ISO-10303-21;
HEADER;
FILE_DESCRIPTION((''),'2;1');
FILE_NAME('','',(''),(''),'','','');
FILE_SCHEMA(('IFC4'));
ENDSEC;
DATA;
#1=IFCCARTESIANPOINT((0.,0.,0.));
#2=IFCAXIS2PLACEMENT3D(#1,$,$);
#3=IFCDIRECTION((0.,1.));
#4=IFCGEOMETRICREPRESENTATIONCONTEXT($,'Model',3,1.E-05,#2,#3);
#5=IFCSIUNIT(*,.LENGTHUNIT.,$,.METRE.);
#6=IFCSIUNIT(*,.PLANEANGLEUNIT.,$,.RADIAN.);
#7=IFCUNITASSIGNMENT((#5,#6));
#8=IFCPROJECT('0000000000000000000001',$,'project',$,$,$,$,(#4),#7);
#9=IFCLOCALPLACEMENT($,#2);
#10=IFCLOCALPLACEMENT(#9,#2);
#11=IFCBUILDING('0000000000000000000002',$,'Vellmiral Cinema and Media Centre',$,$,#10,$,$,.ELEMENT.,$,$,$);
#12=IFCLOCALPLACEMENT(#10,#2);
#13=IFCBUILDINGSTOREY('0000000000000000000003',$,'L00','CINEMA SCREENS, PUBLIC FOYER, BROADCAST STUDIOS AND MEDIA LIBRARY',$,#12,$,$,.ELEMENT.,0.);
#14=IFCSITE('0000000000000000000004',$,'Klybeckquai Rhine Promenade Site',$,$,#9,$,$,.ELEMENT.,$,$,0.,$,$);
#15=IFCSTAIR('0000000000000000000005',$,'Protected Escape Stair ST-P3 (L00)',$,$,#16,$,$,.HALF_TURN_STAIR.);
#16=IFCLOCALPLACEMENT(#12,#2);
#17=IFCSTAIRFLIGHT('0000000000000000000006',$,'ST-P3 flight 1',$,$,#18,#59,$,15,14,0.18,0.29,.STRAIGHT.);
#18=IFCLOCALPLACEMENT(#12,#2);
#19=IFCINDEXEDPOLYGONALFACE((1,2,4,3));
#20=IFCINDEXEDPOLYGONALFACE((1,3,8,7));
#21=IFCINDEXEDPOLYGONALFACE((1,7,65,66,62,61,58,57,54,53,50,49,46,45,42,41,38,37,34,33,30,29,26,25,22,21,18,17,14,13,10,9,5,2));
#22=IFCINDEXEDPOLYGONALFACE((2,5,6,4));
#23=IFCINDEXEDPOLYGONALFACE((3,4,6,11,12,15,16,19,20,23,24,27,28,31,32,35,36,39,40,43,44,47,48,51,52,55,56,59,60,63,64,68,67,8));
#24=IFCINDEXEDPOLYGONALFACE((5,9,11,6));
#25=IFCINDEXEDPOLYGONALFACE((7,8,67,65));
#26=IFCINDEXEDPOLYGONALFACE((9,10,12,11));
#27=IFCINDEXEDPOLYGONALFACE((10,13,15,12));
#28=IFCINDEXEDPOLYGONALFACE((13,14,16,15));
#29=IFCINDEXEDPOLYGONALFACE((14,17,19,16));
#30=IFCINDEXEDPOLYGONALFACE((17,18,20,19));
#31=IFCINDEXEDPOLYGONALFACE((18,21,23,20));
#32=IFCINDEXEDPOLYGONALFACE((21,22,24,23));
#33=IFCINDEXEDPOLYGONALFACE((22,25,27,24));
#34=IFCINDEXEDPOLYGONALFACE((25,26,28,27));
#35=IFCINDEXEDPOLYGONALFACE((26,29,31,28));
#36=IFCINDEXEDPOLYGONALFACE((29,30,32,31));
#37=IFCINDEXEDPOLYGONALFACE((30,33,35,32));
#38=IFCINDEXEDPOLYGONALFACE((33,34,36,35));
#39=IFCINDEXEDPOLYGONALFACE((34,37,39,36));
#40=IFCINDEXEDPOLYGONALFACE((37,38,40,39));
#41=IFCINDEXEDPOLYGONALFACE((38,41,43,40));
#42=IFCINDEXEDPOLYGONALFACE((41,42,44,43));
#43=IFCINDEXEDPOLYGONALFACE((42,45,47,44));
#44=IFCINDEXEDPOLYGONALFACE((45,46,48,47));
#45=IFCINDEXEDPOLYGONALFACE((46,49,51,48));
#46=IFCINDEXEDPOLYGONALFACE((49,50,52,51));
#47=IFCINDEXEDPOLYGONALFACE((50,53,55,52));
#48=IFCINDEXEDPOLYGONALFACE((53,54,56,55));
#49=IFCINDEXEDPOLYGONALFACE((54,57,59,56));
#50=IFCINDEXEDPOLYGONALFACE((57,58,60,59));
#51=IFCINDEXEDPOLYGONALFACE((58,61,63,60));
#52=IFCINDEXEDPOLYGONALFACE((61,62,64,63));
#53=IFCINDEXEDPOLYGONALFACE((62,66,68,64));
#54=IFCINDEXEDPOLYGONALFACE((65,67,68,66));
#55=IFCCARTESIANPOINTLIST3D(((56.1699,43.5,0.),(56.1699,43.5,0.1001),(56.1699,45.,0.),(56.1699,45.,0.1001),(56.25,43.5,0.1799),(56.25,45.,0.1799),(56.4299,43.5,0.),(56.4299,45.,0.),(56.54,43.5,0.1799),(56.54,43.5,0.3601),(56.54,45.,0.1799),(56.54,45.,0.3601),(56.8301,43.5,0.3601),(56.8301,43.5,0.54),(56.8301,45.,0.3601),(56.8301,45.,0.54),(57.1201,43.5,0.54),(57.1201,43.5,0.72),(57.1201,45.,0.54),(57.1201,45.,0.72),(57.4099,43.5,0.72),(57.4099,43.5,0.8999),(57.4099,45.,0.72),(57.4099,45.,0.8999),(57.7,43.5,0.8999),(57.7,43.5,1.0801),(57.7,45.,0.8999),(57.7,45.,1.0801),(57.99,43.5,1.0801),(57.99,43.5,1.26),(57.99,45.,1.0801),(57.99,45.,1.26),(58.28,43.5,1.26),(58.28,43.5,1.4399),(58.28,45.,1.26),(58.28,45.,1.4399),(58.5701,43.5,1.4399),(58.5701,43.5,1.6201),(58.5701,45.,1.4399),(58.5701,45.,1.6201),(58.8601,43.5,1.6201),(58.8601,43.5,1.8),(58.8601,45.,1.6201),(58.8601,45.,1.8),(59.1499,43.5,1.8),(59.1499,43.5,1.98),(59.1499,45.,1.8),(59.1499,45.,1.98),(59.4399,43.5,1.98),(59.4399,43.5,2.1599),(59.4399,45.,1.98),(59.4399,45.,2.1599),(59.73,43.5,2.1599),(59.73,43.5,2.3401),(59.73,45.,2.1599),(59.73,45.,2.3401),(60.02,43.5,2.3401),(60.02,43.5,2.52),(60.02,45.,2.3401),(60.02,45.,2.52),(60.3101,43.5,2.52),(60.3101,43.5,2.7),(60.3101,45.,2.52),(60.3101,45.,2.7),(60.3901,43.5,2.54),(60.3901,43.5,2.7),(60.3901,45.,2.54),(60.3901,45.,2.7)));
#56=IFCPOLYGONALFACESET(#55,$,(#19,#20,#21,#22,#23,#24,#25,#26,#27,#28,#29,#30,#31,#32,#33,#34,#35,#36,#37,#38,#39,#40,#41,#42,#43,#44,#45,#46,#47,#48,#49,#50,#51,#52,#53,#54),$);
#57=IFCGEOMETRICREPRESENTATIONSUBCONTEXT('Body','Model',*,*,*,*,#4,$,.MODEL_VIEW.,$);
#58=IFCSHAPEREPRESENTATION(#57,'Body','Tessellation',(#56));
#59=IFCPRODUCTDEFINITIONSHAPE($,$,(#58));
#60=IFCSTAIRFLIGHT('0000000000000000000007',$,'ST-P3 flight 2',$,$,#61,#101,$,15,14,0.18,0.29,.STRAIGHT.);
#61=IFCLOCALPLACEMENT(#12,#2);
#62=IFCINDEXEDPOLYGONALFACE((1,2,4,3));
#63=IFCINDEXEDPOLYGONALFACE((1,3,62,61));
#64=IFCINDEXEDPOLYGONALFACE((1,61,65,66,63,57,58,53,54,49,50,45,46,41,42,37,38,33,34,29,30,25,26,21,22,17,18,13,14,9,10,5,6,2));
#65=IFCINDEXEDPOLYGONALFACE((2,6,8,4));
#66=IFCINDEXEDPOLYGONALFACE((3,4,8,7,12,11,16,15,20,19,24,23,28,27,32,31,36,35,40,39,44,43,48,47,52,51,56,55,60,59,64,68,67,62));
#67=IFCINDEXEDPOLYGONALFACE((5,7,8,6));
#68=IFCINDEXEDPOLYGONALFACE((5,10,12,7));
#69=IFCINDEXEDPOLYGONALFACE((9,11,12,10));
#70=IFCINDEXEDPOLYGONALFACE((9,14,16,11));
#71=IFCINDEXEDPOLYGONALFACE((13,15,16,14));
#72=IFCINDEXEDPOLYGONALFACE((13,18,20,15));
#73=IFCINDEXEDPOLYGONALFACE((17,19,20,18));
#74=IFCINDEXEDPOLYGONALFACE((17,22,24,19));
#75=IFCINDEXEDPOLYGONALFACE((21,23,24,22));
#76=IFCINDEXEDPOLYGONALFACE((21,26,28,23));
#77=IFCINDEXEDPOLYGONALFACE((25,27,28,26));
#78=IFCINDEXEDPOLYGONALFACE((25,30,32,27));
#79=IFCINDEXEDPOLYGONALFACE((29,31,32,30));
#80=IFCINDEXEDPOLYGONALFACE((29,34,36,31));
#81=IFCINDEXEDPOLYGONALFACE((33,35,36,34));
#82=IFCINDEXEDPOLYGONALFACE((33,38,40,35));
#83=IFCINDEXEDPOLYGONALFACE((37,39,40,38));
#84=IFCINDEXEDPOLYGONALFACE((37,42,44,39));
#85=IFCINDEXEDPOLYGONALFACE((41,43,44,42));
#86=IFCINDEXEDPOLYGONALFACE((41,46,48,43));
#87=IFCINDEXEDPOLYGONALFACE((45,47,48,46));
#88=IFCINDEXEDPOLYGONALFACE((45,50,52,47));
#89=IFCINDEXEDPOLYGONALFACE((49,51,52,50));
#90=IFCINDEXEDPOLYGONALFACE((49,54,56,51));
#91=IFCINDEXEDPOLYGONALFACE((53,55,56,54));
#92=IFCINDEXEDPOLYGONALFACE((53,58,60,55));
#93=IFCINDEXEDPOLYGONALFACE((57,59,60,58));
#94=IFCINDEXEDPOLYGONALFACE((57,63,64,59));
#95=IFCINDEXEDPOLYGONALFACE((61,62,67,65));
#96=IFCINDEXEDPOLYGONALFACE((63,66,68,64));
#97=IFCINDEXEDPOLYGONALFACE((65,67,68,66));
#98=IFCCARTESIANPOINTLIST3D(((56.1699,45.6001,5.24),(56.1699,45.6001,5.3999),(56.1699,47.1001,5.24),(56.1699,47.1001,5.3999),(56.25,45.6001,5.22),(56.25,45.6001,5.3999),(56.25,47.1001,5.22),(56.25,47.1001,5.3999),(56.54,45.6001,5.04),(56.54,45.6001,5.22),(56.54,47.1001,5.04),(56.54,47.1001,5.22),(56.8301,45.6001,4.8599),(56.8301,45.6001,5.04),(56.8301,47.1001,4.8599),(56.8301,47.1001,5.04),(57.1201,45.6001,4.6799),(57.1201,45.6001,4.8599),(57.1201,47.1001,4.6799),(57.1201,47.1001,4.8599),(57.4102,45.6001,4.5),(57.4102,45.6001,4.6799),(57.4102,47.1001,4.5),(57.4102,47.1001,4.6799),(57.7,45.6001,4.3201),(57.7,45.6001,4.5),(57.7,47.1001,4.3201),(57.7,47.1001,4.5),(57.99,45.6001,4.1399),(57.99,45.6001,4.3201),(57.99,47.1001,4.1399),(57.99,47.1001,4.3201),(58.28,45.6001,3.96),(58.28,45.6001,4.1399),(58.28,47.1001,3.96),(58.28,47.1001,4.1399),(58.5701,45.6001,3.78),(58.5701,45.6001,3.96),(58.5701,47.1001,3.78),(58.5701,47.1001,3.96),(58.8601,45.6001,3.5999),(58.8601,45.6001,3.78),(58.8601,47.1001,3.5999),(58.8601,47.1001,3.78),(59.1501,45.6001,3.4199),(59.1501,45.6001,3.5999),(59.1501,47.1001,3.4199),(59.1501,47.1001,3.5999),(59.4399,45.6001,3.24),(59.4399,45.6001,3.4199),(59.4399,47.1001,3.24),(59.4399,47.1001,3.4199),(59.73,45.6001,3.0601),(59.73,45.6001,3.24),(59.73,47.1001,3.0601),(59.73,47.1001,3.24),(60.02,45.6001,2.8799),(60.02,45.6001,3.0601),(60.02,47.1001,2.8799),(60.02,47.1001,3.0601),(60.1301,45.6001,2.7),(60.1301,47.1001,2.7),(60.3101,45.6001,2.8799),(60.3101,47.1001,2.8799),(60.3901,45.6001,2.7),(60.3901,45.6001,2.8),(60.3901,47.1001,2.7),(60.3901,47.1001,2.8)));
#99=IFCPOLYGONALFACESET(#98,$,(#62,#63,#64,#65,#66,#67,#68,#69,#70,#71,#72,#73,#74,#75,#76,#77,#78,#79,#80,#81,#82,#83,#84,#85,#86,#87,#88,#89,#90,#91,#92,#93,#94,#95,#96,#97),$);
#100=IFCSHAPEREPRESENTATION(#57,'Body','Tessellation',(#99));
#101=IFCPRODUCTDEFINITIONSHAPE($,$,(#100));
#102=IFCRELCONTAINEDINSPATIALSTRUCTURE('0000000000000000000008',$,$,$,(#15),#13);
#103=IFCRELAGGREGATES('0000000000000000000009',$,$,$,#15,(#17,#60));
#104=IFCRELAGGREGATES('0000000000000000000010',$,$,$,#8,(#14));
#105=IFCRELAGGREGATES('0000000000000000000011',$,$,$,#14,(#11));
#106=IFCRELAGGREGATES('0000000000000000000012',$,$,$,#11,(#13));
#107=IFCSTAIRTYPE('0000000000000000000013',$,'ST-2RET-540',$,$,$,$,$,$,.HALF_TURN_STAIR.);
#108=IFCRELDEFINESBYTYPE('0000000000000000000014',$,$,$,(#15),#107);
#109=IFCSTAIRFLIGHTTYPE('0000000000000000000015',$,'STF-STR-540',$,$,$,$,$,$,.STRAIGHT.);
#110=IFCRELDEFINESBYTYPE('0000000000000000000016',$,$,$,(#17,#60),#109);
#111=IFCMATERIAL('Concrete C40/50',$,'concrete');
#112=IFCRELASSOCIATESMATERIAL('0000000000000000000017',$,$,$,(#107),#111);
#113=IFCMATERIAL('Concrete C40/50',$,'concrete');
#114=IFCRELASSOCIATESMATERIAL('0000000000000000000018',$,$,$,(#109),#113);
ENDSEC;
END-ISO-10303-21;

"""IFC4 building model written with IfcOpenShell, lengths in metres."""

from ifc_helpers import new_model, si_unit, direction, frame, origin, place, context, subcontext, project, spatial, polyline, outline, extrude, material, type_object, element, aggregate, save


model = new_model("IFC4")

# Units and contexts
model_context = context("Model", 3, precision=1e-05, world=origin(), true_north=direction((0.0, 1.0)))
body_context = subcontext(model_context, "Body", "Model", "MODEL_VIEW")
ifc_project = project(units=[si_unit("LENGTHUNIT", "METRE"), si_unit("PLANEANGLEUNIT", "RADIAN")], contexts=[model_context])

# Site, building, storey
site_placement = place(None, origin())
site = spatial("IfcSite", under=ifc_project, at=site_placement, Name="Klybeckquai Rhine Promenade Site", CompositionType="ELEMENT", RefElevation=0.0)
building_placement = place(site_placement, origin())
building = spatial("IfcBuilding", under=site, at=building_placement, Name="Vellmiral Cinema and Media Centre", CompositionType="ELEMENT")
storey_placement = place(building_placement, origin())
storey = spatial("IfcBuildingStorey", under=building, at=storey_placement, Name="L00", Description="CINEMA SCREENS, PUBLIC FOYER, BROADCAST STUDIOS AND MEDIA LIBRARY", CompositionType="ELEMENT", Elevation=0.0)

# Stair, stair flights
ifc_material_1 = material(Name="Concrete C40/50", Category="concrete")
stair_type = type_object("IfcStairType", Name="ST-2RET-540", PredefinedType="HALF_TURN_STAIR", material=ifc_material_1)
stair_placement = place(storey_placement, origin())
stair = element("IfcStair", 1, at=stair_placement, inside=storey, type_object=stair_type, Name="Protected Escape Stair ST-P3 (L00)", PredefinedType="HALF_TURN_STAIR")
ifc_material_2 = material(Name="Concrete C40/50", Category="concrete")
stair_flight_type = type_object("IfcStairFlightType", Name="STF-STR-540", PredefinedType="STRAIGHT", material=ifc_material_2)
stair_flight_1_placement = place(storey_placement, frame((56.25, 44.25, 0.0), z_axis=(0.0, 0.0, 1.0), x_axis=(1.0, 0.0, 0.0)))
stair_flight_1 = element("IfcStairFlight", 2, at=stair_flight_1_placement, type_object=stair_flight_type, Name="ST-P3 flight 1", NumberOfRisers=15, NumberOfTreads=14, PredefinedType="STRAIGHT", RiserHeight=0.18, TreadLength=0.29, context=body_context, shape_type="SweptSolid", body=[
    extrude(outline(polyline([(-0.0801, 0.0), (-0.0801, 0.1001), (0.0, 0.1799), (0.29, 0.1799), (0.29, 0.3601), (0.5801, 0.3601), (0.5801, 0.54), (0.8701, 0.54), (0.8701, 0.72), (1.1599, 0.72), (1.1599, 0.8999), (1.45, 0.8999), (1.45, 1.0801), (1.74, 1.0801), (1.74, 1.26), (2.03, 1.26), (2.03, 1.4399), (2.3201, 1.4399), (2.3201, 1.6201), (2.6101, 1.6201), (2.6101, 1.8), (2.8999, 1.8), (2.8999, 1.98), (3.1899, 1.98), (3.1899, 2.1599), (3.48, 2.1599), (3.48, 2.3401), (3.77, 2.3401), (3.77, 2.52), (4.0601, 2.52), (4.0601, 2.7), (4.1401, 2.7), (4.1401, 2.54), (0.1799, 0.0), (-0.0801, 0.0)])), frame((0.0, 0.75, 0.0), z_axis=(0.0, -1.0, 0.0), x_axis=(1.0, 0.0, 0.0)), (0.0, 0.0, 1.0), 1.5),
])
stair_flight_2_placement = place(storey_placement, frame((60.3101, 46.3501, 2.7), z_axis=(0.0, 0.0, 1.0), x_axis=(-1.0, 0.0, 0.0)))
stair_flight_2 = element("IfcStairFlight", 3, at=stair_flight_2_placement, type_object=stair_flight_type, Name="ST-P3 flight 2", NumberOfRisers=15, NumberOfTreads=14, PredefinedType="STRAIGHT", RiserHeight=0.18, TreadLength=0.29, context=body_context, shape_type="SweptSolid", body=[
    extrude(outline(polyline([(-0.0801, 0.0), (-0.0801, 0.1001), (0.0, 0.1799), (0.29, 0.1799), (0.29, 0.3601), (0.5801, 0.3601), (0.5801, 0.54), (0.8701, 0.54), (0.8701, 0.72), (1.1599, 0.72), (1.1599, 0.8999), (1.45, 0.8999), (1.45, 1.0801), (1.74, 1.0801), (1.74, 1.26), (2.03, 1.26), (2.03, 1.4399), (2.3201, 1.4399), (2.3201, 1.6201), (2.6101, 1.6201), (2.6101, 1.8), (2.8999, 1.8), (2.8999, 1.98), (3.1899, 1.98), (3.1899, 2.1599), (3.48, 2.1599), (3.48, 2.3401), (3.77, 2.3401), (3.77, 2.52), (4.0601, 2.52), (4.0601, 2.7), (4.1401, 2.7), (4.1401, 2.54), (0.1799, 0.0), (-0.0801, 0.0)])), frame((0.0, 0.75, 0.0), z_axis=(0.0, -1.0, 0.0), x_axis=(1.0, 0.0, 0.0)), (0.0, 0.0, 1.0), 1.5),
])
aggregate(stair, [stair_flight_1, stair_flight_2])

save(model, "model.ifc")
